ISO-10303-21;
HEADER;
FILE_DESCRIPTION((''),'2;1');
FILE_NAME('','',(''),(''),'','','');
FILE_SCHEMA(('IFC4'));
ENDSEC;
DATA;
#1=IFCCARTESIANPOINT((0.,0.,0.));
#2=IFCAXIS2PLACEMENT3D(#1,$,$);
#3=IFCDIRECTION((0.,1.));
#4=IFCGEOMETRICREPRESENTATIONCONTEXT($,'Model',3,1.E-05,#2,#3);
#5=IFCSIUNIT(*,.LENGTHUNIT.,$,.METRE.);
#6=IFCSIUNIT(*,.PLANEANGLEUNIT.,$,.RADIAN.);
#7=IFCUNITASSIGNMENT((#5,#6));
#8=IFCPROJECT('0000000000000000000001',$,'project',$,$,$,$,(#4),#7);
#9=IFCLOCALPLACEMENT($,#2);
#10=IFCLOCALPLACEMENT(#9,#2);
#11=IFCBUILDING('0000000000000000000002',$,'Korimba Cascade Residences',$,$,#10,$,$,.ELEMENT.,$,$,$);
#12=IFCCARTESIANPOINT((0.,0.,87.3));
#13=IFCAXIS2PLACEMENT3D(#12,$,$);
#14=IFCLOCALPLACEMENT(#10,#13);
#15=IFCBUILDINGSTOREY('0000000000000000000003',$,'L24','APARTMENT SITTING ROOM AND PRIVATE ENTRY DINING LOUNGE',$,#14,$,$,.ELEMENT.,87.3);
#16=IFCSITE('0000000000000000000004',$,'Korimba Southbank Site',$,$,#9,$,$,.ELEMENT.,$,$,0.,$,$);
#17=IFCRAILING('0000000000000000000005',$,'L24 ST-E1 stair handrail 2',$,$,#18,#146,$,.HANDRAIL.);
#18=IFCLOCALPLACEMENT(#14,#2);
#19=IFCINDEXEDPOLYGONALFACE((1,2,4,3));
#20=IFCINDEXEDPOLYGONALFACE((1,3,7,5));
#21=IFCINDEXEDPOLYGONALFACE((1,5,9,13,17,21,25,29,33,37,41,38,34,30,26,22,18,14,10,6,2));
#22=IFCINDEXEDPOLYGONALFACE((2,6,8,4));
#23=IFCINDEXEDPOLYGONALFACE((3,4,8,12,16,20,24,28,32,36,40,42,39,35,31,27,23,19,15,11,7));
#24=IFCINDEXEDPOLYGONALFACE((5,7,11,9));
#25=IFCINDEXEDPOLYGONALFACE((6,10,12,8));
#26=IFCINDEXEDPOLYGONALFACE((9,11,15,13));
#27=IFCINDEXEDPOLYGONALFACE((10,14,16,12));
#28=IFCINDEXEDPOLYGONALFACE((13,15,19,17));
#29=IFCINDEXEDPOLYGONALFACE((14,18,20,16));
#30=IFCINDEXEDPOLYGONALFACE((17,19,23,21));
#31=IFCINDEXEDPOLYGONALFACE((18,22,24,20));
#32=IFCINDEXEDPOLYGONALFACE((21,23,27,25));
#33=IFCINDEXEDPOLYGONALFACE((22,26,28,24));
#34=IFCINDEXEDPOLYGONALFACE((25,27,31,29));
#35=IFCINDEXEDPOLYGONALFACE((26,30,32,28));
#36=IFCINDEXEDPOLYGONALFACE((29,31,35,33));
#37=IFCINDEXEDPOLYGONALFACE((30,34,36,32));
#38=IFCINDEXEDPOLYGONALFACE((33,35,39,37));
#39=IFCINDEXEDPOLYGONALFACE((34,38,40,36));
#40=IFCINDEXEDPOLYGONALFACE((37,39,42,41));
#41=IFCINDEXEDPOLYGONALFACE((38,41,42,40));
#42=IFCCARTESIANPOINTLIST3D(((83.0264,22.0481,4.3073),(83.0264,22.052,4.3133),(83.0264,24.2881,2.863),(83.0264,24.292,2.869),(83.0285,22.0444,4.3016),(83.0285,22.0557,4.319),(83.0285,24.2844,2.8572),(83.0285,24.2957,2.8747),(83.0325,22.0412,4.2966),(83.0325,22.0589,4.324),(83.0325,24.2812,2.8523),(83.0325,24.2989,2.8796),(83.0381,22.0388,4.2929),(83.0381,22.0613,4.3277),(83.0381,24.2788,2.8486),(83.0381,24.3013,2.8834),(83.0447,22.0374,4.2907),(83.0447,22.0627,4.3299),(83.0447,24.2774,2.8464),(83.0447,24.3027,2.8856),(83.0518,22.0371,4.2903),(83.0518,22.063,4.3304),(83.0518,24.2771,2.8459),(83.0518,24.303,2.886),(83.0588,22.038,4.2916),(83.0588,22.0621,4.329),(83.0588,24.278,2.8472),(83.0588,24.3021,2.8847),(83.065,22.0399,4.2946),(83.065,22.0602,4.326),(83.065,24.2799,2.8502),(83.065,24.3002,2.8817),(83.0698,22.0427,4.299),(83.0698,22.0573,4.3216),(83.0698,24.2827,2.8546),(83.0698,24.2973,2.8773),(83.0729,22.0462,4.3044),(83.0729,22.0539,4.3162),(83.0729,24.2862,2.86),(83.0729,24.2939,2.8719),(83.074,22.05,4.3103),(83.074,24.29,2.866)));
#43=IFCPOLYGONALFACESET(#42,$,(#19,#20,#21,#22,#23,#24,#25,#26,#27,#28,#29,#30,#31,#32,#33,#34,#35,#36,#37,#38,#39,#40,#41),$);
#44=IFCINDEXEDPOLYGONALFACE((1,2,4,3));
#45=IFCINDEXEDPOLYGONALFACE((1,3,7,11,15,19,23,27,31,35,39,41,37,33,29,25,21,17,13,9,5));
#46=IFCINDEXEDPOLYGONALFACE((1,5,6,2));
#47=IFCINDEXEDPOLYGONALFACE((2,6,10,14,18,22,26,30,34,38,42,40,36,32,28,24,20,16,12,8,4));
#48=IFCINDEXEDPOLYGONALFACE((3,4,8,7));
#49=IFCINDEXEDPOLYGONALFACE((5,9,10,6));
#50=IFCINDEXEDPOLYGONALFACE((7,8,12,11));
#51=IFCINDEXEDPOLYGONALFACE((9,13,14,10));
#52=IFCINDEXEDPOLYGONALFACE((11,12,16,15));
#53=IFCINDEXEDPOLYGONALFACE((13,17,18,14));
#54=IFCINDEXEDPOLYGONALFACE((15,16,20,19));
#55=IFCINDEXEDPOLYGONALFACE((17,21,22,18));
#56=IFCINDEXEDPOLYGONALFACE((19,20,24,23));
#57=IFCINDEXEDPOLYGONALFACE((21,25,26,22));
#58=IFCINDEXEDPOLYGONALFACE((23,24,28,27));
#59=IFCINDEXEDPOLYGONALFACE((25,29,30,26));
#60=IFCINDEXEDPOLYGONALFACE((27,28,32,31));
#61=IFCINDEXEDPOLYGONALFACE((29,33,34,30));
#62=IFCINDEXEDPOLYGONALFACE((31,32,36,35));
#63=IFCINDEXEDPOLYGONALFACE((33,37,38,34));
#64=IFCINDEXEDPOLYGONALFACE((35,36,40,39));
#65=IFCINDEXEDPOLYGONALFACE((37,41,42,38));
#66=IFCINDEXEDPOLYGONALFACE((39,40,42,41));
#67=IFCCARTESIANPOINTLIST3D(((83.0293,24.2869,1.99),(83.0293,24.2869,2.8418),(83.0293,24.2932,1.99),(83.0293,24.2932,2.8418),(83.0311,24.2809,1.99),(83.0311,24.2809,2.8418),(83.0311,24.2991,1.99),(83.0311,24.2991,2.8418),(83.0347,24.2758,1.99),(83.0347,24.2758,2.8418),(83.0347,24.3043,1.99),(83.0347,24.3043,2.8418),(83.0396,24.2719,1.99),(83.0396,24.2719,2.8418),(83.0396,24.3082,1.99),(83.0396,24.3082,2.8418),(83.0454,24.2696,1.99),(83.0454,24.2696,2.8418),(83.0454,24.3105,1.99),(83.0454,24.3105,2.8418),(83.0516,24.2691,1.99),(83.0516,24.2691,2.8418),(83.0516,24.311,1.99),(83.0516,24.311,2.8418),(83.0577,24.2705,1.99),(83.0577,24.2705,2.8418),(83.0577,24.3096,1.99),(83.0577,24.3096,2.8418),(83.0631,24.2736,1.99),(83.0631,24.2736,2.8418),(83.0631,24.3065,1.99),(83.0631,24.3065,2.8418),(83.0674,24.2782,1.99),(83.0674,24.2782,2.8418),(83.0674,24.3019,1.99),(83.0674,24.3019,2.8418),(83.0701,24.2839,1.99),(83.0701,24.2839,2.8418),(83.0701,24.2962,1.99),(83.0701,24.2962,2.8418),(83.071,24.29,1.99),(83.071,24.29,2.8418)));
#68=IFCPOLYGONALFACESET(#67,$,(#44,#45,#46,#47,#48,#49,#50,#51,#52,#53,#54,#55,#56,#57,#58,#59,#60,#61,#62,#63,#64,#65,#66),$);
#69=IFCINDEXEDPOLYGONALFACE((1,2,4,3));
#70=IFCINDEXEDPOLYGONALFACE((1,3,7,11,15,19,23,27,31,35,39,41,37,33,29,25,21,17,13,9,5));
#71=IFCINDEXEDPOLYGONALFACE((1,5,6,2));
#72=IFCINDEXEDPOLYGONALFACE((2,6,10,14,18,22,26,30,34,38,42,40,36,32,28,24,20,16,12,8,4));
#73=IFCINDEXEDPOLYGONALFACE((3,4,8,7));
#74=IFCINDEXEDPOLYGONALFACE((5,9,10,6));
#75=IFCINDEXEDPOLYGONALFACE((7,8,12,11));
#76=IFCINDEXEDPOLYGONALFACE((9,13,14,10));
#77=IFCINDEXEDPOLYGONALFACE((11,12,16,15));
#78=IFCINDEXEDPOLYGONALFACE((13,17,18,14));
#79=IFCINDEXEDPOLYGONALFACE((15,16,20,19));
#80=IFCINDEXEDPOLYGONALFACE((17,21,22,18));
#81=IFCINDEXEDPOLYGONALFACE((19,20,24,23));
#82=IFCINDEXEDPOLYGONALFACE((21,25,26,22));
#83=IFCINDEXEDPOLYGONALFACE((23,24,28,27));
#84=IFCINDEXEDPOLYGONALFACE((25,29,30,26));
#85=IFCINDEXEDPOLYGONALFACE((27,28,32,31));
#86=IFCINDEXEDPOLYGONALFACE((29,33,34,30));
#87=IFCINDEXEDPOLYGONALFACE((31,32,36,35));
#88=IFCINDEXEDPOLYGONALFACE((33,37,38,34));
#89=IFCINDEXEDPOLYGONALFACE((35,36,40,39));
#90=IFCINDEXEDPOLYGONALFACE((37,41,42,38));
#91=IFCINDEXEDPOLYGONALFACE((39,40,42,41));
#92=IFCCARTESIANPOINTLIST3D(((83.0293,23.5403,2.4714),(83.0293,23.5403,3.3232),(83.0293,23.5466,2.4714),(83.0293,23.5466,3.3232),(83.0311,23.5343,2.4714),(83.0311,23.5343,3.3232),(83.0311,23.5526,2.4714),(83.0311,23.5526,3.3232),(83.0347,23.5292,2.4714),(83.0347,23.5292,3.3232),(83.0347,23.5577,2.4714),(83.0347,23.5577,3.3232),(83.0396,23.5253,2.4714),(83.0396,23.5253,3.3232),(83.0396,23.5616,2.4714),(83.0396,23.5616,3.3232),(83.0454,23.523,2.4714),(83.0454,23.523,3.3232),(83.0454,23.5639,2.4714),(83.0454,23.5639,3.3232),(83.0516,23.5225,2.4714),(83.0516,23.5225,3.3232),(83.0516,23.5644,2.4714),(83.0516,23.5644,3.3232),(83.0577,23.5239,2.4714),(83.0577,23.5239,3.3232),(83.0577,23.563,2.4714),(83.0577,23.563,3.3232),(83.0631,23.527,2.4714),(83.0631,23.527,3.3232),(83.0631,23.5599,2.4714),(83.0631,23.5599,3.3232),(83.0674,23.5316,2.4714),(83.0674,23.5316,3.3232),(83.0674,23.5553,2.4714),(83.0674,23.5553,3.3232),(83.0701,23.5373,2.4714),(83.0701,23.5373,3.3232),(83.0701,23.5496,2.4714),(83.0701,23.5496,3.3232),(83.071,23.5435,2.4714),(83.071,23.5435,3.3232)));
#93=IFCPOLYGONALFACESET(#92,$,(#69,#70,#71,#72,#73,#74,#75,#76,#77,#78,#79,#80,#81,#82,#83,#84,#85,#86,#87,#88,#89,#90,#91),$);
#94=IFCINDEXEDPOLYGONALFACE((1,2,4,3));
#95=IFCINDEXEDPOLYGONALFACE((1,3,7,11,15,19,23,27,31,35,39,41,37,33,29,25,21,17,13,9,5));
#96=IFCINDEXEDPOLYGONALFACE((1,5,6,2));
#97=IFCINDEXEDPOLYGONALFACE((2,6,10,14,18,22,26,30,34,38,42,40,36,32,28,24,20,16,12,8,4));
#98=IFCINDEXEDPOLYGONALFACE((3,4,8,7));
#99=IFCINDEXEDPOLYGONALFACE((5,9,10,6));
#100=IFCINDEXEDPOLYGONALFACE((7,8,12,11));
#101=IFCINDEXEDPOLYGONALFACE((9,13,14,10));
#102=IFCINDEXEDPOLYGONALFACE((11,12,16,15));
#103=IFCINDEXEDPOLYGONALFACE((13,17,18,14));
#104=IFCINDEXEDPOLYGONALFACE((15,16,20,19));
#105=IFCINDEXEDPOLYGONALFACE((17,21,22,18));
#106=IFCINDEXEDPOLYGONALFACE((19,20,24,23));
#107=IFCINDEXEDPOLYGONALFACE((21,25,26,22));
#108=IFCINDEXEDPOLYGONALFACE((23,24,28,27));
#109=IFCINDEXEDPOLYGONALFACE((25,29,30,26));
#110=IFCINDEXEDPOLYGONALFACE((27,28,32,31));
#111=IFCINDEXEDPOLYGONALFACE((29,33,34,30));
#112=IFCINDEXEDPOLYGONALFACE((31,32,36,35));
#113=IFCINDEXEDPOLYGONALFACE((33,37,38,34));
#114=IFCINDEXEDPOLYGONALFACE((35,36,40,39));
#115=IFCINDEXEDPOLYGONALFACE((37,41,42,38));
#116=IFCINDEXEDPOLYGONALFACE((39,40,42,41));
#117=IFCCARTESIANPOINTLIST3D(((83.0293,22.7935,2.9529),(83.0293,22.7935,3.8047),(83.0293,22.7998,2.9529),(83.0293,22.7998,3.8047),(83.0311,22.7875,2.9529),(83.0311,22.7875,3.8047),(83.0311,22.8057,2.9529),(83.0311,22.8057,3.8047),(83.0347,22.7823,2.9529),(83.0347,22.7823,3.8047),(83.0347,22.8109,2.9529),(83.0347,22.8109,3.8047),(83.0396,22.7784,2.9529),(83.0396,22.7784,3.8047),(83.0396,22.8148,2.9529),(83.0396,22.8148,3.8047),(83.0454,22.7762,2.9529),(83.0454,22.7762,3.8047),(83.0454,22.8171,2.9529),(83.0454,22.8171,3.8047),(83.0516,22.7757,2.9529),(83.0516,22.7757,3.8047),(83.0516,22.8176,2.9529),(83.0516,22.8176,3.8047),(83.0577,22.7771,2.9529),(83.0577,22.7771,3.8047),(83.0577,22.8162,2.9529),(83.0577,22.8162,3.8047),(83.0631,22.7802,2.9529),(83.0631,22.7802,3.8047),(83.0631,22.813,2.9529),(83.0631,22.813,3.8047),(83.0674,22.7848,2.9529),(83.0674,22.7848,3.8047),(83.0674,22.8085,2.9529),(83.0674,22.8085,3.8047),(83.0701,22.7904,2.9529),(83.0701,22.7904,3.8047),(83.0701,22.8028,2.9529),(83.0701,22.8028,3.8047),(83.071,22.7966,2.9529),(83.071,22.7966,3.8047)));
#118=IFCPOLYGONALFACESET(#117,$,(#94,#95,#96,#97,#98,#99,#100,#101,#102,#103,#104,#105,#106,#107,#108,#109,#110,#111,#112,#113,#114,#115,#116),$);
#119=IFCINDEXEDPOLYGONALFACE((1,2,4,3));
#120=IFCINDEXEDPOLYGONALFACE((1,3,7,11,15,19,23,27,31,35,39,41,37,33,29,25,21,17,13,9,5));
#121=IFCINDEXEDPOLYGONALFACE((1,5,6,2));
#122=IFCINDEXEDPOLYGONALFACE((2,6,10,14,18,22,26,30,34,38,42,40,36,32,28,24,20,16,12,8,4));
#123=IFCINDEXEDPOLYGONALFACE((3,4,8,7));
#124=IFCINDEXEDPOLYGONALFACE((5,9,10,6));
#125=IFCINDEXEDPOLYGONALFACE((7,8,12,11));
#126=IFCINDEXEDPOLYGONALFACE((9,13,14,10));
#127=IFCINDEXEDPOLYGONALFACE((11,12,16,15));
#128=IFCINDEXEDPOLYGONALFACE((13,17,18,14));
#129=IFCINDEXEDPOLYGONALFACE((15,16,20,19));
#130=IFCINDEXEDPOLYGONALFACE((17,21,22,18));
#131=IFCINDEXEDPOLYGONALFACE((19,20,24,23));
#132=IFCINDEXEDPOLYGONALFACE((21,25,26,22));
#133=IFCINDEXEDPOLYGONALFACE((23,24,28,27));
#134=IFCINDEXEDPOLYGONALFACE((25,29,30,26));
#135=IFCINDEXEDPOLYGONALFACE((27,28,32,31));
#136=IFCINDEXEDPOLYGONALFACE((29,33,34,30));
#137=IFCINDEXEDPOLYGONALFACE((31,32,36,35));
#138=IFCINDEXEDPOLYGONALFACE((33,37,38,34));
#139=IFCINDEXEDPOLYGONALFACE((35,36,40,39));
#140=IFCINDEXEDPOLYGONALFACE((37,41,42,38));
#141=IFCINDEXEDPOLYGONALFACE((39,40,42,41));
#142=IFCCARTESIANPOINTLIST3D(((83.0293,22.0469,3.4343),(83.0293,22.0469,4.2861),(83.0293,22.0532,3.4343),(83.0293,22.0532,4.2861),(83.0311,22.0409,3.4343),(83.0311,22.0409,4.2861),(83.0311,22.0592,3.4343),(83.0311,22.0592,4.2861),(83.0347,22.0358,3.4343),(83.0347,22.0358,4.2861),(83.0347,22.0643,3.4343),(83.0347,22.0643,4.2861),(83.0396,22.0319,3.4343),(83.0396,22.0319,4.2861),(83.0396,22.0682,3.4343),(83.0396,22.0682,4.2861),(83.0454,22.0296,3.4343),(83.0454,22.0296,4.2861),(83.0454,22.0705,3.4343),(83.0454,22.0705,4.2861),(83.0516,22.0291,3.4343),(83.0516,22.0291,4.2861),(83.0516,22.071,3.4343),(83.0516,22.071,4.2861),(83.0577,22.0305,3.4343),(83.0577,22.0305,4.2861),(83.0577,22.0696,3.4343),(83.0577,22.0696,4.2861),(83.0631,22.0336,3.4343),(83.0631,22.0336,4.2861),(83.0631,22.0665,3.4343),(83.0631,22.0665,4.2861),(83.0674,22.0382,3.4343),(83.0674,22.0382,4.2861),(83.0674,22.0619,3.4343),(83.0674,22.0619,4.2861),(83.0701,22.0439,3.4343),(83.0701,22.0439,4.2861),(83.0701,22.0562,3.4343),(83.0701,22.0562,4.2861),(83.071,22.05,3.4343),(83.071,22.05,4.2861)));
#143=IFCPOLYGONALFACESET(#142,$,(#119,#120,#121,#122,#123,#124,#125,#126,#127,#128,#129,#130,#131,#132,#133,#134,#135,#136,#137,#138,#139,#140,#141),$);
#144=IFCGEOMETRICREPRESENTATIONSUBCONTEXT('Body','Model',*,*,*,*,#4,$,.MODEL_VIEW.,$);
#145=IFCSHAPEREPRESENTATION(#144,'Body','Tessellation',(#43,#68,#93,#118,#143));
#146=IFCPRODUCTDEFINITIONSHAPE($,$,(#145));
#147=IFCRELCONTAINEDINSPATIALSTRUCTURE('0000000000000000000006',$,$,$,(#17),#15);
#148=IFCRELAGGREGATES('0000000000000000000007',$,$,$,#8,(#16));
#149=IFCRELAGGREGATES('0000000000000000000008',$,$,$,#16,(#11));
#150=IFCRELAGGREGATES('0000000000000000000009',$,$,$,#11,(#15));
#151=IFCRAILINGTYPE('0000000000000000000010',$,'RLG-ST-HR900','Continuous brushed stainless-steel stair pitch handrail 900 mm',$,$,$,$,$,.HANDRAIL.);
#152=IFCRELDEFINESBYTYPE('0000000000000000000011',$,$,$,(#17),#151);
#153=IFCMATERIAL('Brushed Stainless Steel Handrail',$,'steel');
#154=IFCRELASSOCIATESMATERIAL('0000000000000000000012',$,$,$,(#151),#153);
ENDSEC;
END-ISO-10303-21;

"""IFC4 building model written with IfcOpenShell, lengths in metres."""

from ifc_helpers import new_model, si_unit, direction, frame, origin, origin_2d, place, context, subcontext, project, spatial, circle, extrude, material, type_object, element, save


model = new_model("IFC4")

# Units and contexts
model_context = context("Model", 3, precision=1e-05, world=origin(), true_north=direction((0.0, 1.0)))
body_context = subcontext(model_context, "Body", "Model", "MODEL_VIEW")
ifc_project = project(units=[si_unit("LENGTHUNIT", "METRE"), si_unit("PLANEANGLEUNIT", "RADIAN")], contexts=[model_context])

# Site, building, storey
site_placement = place(None, origin())
site = spatial("IfcSite", under=ifc_project, at=site_placement, Name="Korimba Southbank Site", CompositionType="ELEMENT", RefElevation=0.0)
building_placement = place(site_placement, origin())
building = spatial("IfcBuilding", under=site, at=building_placement, Name="Korimba Cascade Residences", CompositionType="ELEMENT")
storey_placement = place(building_placement, frame((0.0, 0.0, 87.3)))
storey = spatial("IfcBuildingStorey", under=building, at=storey_placement, Name="L24", Description="APARTMENT SITTING ROOM AND PRIVATE ENTRY DINING LOUNGE", CompositionType="ELEMENT", Elevation=87.3)

# Railing
ifc_material_1 = material(Name="Brushed Stainless Steel Handrail", Category="steel")
railing_type_1 = type_object("IfcRailingType", Name="RLG-ST-HR900", Description="Continuous brushed stainless-steel stair pitch handrail 900 mm", PredefinedType="HANDRAIL", material=ifc_material_1)
railing_1_placement = place(storey_placement, frame((83.05, 24.29, 1.99)))
element("IfcRailing", 1, at=railing_1_placement, inside=storey, type_object=railing_type_1, Name="L24 ST-E1 stair handrail 2", PredefinedType="HANDRAIL", context=body_context, shape_type="SweptSolid", body=[
    extrude(circle(Radius=0.0239, at=origin_2d()), frame((0.0, 0.0, 0.876), z_axis=(0.0, -0.840437, 0.54191), x_axis=(1.0, 0.0, 0.0)), (0.0, 0.0, 1.0), 2.6653),
    extrude(circle(Radius=0.021, at=origin_2d()), origin(), (0.0, 0.0, 1.0), 0.8518),
    extrude(circle(Radius=0.021, at=origin_2d()), frame((0.0, -0.7466, 0.4814)), (0.0, 0.0, 1.0), 0.8518),
    extrude(circle(Radius=0.021, at=origin_2d()), frame((0.0, -1.4934, 0.9629)), (0.0, 0.0, 1.0), 0.8518),
    extrude(circle(Radius=0.021, at=origin_2d()), frame((0.0, -2.24, 1.4443)), (0.0, 0.0, 1.0), 0.8518),
])

save(model, "model.ifc")
